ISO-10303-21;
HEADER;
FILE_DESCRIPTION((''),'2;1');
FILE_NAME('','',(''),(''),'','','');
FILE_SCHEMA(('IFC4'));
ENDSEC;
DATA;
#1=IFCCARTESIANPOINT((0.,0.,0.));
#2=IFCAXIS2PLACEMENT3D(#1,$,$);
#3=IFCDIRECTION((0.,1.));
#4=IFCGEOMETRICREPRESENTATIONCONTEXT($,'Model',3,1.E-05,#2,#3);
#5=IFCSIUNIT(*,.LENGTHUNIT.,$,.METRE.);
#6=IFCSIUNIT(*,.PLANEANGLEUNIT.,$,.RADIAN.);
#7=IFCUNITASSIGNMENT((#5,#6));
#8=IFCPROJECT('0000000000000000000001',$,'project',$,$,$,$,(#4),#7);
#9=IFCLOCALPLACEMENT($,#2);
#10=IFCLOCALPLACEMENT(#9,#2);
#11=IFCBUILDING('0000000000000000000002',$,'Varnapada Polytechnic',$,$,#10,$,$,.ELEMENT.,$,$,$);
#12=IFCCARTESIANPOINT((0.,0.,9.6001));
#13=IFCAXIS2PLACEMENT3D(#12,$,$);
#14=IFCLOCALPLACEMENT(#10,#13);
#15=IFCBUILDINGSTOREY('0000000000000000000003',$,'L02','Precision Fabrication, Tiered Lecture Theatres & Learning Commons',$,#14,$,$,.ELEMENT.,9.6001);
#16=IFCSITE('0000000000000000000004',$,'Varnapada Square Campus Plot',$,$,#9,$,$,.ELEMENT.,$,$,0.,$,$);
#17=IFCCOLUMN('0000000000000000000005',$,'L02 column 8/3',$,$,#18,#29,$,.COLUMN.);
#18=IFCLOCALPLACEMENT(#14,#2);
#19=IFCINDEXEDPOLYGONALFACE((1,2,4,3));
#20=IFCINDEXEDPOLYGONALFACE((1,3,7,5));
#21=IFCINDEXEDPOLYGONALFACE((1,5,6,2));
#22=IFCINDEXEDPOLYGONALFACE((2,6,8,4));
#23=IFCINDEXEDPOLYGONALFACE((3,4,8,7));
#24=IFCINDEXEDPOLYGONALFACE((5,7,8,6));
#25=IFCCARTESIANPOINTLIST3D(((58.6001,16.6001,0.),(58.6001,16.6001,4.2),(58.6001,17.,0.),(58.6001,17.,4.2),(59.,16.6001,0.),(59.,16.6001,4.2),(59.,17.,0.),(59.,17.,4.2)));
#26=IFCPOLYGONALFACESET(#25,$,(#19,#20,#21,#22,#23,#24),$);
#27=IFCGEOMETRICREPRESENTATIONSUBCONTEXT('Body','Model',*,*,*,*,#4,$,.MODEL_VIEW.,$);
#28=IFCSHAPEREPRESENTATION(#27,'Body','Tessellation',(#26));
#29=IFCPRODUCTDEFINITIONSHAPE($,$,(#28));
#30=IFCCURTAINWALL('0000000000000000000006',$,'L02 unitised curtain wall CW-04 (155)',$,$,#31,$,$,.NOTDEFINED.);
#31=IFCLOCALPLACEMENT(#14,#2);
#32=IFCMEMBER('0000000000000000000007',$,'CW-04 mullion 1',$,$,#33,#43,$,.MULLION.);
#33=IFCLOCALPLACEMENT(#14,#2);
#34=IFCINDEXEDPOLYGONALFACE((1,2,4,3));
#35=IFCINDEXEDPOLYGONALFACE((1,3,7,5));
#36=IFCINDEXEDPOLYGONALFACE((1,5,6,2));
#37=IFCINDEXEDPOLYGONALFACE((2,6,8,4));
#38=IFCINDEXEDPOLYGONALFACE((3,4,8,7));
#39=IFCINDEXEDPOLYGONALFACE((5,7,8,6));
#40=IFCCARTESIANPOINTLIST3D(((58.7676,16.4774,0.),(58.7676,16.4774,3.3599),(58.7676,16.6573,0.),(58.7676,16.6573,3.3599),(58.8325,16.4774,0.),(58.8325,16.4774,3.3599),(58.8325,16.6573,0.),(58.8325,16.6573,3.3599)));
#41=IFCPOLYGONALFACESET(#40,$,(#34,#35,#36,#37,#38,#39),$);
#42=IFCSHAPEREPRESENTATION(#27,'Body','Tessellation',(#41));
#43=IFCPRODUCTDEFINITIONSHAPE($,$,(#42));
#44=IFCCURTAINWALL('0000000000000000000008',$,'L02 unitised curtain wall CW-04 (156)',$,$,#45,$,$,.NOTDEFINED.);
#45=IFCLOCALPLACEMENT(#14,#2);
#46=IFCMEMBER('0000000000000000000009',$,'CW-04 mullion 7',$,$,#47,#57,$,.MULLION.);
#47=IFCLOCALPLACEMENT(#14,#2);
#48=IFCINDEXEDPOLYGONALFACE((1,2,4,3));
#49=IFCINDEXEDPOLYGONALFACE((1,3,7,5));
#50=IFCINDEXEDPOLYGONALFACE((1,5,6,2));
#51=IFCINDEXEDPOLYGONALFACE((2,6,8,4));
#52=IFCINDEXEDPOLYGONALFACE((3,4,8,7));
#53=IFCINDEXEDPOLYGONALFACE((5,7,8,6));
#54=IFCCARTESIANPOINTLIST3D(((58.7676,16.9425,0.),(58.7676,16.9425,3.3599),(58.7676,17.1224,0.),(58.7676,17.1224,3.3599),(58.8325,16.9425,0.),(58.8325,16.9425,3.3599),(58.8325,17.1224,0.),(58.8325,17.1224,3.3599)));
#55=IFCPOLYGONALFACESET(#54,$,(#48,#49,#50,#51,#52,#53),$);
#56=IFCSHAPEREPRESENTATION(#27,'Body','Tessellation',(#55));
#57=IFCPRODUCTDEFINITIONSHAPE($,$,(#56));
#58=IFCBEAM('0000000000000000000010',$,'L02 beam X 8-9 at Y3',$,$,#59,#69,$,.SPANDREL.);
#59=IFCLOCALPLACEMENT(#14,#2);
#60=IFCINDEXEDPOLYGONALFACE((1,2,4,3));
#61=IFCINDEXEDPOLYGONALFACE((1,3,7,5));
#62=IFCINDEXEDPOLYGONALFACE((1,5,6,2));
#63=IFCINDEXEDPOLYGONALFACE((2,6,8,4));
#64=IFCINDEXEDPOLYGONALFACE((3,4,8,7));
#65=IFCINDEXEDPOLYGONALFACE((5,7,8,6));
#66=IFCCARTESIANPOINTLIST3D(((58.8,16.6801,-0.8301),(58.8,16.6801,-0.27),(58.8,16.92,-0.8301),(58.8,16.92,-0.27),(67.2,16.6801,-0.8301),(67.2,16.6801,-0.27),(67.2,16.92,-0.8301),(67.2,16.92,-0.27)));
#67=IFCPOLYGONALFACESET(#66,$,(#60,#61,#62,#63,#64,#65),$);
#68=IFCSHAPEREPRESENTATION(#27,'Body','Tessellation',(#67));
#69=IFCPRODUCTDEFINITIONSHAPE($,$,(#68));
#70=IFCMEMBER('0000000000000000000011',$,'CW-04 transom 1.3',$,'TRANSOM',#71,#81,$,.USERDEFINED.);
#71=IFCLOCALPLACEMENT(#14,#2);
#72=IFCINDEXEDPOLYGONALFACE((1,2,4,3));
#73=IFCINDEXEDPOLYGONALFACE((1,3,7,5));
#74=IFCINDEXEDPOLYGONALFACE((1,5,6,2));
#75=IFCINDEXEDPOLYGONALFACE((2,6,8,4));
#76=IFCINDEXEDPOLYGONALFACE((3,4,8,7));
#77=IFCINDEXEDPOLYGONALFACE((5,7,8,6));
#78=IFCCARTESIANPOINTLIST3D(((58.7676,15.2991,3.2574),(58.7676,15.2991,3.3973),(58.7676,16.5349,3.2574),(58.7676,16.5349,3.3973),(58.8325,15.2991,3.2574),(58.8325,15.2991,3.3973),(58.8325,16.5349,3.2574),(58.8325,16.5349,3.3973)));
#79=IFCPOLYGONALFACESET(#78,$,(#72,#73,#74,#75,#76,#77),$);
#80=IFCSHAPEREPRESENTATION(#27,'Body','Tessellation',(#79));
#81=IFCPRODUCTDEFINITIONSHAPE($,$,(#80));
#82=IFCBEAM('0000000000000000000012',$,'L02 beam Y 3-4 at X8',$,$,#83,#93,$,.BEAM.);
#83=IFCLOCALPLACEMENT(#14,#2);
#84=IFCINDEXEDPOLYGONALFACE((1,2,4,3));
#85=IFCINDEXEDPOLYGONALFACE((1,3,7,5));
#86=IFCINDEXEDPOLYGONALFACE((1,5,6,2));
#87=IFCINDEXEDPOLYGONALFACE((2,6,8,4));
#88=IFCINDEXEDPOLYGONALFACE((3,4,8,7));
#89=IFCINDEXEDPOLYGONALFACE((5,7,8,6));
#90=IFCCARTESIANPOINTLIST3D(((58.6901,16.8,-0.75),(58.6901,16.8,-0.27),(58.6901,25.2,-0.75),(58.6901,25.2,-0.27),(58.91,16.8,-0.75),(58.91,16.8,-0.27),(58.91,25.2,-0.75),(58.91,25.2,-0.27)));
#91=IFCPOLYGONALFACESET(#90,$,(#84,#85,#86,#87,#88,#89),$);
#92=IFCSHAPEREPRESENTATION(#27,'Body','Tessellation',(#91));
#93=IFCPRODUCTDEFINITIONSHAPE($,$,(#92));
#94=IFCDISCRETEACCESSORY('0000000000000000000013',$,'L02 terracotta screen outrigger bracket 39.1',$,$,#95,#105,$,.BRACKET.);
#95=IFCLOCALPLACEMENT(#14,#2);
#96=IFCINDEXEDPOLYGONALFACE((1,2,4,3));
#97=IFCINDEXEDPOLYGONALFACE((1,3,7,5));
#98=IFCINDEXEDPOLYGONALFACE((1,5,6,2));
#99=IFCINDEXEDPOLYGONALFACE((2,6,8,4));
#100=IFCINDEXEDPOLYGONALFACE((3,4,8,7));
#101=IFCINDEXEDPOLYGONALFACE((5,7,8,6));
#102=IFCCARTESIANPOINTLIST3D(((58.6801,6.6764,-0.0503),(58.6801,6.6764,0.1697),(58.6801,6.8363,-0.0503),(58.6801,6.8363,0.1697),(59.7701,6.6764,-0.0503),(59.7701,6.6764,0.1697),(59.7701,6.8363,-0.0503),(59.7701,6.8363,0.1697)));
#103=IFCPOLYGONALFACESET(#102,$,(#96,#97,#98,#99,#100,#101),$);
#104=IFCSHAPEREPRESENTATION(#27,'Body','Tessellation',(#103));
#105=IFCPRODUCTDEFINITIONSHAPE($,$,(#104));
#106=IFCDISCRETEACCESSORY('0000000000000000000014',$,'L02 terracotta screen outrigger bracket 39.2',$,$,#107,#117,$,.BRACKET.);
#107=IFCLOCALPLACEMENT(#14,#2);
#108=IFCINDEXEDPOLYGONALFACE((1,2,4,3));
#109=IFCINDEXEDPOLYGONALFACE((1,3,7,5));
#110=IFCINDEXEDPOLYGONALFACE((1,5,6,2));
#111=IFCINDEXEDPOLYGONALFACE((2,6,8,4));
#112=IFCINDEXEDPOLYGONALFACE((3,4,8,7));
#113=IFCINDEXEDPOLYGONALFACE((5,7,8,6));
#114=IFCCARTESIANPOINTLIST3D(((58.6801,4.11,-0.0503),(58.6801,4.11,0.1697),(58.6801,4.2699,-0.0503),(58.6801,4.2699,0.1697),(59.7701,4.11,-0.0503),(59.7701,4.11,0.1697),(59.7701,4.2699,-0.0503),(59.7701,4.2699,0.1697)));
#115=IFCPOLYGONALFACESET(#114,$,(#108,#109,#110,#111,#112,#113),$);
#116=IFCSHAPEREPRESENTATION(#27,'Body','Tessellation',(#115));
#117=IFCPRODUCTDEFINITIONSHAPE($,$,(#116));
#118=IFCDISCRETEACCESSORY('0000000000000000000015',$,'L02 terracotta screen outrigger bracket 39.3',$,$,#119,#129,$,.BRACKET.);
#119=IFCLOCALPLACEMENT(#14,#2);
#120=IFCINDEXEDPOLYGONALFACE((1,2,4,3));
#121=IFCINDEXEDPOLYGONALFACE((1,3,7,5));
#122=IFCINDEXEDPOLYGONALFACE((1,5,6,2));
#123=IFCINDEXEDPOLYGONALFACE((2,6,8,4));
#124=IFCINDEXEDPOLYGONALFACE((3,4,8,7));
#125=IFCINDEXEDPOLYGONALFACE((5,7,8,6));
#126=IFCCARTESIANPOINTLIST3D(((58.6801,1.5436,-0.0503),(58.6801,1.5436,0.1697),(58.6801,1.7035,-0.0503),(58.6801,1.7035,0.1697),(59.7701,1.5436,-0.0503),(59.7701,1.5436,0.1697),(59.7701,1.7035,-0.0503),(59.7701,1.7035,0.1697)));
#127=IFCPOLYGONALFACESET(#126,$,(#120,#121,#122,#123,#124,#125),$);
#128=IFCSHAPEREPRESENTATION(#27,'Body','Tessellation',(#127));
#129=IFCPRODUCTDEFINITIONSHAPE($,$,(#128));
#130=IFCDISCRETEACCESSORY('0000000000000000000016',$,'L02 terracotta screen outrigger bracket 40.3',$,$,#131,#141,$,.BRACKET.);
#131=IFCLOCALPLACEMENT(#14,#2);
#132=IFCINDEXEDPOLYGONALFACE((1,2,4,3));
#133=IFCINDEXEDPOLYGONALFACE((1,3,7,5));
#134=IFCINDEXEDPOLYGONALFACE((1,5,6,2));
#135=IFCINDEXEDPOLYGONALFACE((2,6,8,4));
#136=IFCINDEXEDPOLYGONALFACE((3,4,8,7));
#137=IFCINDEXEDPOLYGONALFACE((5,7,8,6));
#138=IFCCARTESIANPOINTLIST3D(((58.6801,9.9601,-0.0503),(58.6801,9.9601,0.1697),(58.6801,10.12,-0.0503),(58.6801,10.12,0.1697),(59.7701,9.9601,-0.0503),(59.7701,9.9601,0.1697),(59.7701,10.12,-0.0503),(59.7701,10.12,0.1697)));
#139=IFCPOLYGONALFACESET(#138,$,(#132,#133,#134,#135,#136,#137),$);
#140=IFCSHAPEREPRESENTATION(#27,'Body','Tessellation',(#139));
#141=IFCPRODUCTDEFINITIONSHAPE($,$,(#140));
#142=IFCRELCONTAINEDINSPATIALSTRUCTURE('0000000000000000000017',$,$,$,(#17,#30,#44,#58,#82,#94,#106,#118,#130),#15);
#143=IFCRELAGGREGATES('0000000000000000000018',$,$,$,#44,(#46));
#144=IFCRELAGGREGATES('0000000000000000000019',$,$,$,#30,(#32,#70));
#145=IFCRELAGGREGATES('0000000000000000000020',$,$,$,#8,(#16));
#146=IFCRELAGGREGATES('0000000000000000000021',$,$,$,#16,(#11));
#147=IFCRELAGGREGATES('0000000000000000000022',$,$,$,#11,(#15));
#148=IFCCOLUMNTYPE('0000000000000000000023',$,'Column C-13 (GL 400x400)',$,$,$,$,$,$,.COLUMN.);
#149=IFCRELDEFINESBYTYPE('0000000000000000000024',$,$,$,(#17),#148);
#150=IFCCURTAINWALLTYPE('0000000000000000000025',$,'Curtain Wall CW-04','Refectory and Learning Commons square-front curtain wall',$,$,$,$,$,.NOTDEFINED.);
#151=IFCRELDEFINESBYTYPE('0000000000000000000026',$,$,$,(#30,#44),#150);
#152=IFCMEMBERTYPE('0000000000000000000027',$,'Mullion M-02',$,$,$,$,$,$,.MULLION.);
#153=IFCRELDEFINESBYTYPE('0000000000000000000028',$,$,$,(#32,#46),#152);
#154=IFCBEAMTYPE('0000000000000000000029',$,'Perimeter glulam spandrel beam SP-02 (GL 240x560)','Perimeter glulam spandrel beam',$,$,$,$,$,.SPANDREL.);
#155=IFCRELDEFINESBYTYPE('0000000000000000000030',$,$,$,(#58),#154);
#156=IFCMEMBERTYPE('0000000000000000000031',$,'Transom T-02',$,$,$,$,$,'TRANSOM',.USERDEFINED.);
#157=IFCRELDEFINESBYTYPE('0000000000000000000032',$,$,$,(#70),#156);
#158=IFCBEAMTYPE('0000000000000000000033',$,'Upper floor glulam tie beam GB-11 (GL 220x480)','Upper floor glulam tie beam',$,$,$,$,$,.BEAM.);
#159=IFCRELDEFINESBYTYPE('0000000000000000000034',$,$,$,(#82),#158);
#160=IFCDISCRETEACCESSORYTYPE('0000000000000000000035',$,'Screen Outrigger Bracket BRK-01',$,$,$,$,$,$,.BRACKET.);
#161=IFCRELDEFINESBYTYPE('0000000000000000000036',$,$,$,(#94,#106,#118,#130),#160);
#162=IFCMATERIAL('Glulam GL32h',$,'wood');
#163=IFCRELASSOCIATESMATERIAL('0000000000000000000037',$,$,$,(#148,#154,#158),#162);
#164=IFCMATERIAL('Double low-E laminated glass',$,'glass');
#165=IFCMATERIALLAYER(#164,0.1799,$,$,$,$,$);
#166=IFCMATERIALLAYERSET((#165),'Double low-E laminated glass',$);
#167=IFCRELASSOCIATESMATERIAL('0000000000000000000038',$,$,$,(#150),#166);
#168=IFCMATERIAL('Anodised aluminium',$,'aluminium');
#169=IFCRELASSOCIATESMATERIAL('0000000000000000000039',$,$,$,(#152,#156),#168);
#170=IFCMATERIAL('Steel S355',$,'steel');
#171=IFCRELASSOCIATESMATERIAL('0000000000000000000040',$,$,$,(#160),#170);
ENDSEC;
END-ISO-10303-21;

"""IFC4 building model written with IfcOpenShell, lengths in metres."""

from ifc_helpers import new_model, si_unit, direction, frame, origin, origin_2d, place, context, subcontext, project, spatial, rectangle, extrude, material, layer, layer_set, material_profile, profile_set, type_object, element, aggregate, save


model = new_model("IFC4")

# Units and contexts
model_context = context("Model", 3, precision=1e-05, world=origin(), true_north=direction((0.0, 1.0)))
body_context = subcontext(model_context, "Body", "Model", "MODEL_VIEW")
ifc_project = project(units=[si_unit("LENGTHUNIT", "METRE"), si_unit("PLANEANGLEUNIT", "RADIAN")], contexts=[model_context])

# Site, building, storey
site_placement = place(None, origin())
site = spatial("IfcSite", under=ifc_project, at=site_placement, Name="Varnapada Square Campus Plot", CompositionType="ELEMENT", RefElevation=0.0)
building_placement = place(site_placement, origin())
building = spatial("IfcBuilding", under=site, at=building_placement, Name="Varnapada Polytechnic", CompositionType="ELEMENT")
storey_placement = place(building_placement, frame((0.0, 0.0, 9.6001)))
storey = spatial("IfcBuildingStorey", under=building, at=storey_placement, Name="L02", Description="Precision Fabrication, Tiered Lecture Theatres & Learning Commons", CompositionType="ELEMENT", Elevation=9.6001)

# Column
ifc_material_1 = material(Name="Glulam GL32h", Category="wood")
ifc_material_profile_1 = material_profile(ifc_material_1, rectangle(XDim=0.3999, YDim=0.3999, at=origin_2d()), Name="GL 400x400")
ifc_profile_set_1 = profile_set([ifc_material_profile_1], Name="Glulam GL32h")
column_type = type_object("IfcColumnType", Name="Column C-13 (GL 400x400)", PredefinedType="COLUMN", material=ifc_profile_set_1)
column_placement = place(storey_placement, frame((58.8, 16.8, 0.0), z_axis=(0.0, 0.0, 1.0), x_axis=(1.0, 0.0, 0.0)))
element("IfcColumn", 1, at=column_placement, inside=storey, type_object=column_type, Name="L02 column 8/3", PredefinedType="COLUMN", context=body_context, shape_type="SweptSolid", body=[
    extrude(rectangle(XDim=0.3999, YDim=0.3999, at=origin_2d()), origin(), (0.0, 0.0, 1.0), 4.2),
])

# Curtain walls, members
ifc_material_2 = material(Name="Double low-E laminated glass", Category="glass")
ifc_layer = layer(ifc_material_2, 0.1799)
ifc_layer_set = layer_set([ifc_layer], Name="Double low-E laminated glass")
curtain_wall_type = type_object("IfcCurtainWallType", Name="Curtain Wall CW-04", Description="Refectory and Learning Commons square-front curtain wall", PredefinedType="NOTDEFINED", material=ifc_layer_set)
curtain_wall_1_placement = place(storey_placement, origin())
curtain_wall_1 = element("IfcCurtainWall", 2, at=curtain_wall_1_placement, inside=storey, type_object=curtain_wall_type, Name="L02 unitised curtain wall CW-04 (155)", PredefinedType="NOTDEFINED")
ifc_material_3 = material(Name="Anodised aluminium", Category="aluminium")
ifc_material_profile_2 = material_profile(ifc_material_3, rectangle(XDim=0.0649, YDim=0.1799, at=origin_2d()), Name="ALU M65x180")
ifc_profile_set_2 = profile_set([ifc_material_profile_2], Name="Anodised aluminium")
member_type_1 = type_object("IfcMemberType", Name="Mullion M-02", PredefinedType="MULLION", material=ifc_profile_set_2)
member_1_placement = place(storey_placement, frame((58.8, 16.5674, 0.0), z_axis=(0.0, 0.0, 1.0), x_axis=(1.0, 0.0, 0.0)))
member_1 = element("IfcMember", 3, at=member_1_placement, type_object=member_type_1, Name="CW-04 mullion 1", PredefinedType="MULLION", context=body_context, shape_type="SweptSolid", body=[
    extrude(rectangle(XDim=0.0649, YDim=0.1799, at=origin_2d()), origin(), (0.0, 0.0, 1.0), 3.3599),
])
curtain_wall_2_placement = place(storey_placement, origin())
curtain_wall_2 = element("IfcCurtainWall", 4, at=curtain_wall_2_placement, inside=storey, type_object=curtain_wall_type, Name="L02 unitised curtain wall CW-04 (156)", PredefinedType="NOTDEFINED")
member_2_placement = place(storey_placement, frame((58.8, 17.0325, 0.0), z_axis=(0.0, 0.0, 1.0), x_axis=(1.0, 0.0, 0.0)))
member_2 = element("IfcMember", 5, at=member_2_placement, type_object=member_type_1, Name="CW-04 mullion 7", PredefinedType="MULLION", context=body_context, shape_type="SweptSolid", body=[
    extrude(rectangle(XDim=0.0649, YDim=0.1799, at=origin_2d()), origin(), (0.0, 0.0, 1.0), 3.3599),
])
aggregate(curtain_wall_2, [member_2])

# Beam
ifc_material_profile_3 = material_profile(ifc_material_1, rectangle(XDim=0.24, YDim=0.5601, at=origin_2d()), Name="GL 240x560")
ifc_profile_set_3 = profile_set([ifc_material_profile_3], Name="Glulam GL32h")
beam_type_1 = type_object("IfcBeamType", Name="Perimeter glulam spandrel beam SP-02 (GL 240x560)", Description="Perimeter glulam spandrel beam", PredefinedType="SPANDREL", material=ifc_profile_set_3)
beam_1_placement = place(storey_placement, frame((58.8, 16.8, -0.55), z_axis=(1.0, 0.0, 0.0), x_axis=(0.0, 1.0, 0.0)))
element("IfcBeam", 6, at=beam_1_placement, inside=storey, type_object=beam_type_1, Name="L02 beam X 8-9 at Y3", PredefinedType="SPANDREL", context=body_context, shape_type="SweptSolid", body=[
    extrude(rectangle(XDim=0.24, YDim=0.5601, at=origin_2d()), origin(), (0.0, 0.0, 1.0), 8.3999),
])

# Member
ifc_material_profile_4 = material_profile(ifc_material_3, rectangle(XDim=0.0649, YDim=0.1399, at=origin_2d()), Name="ALU T65x140")
ifc_profile_set_4 = profile_set([ifc_material_profile_4], Name="Anodised aluminium")
member_type_2 = type_object("IfcMemberType", Name="Transom T-02", ElementType="TRANSOM", PredefinedType="USERDEFINED", material=ifc_profile_set_4)
member_3_placement = place(storey_placement, frame((58.8, 16.5349, 3.3274), z_axis=(0.0, -1.0, 0.0), x_axis=(1.0, 0.0, 0.0)))
member_3 = element("IfcMember", 7, at=member_3_placement, type_object=member_type_2, Name="CW-04 transom 1.3", ObjectType="TRANSOM", PredefinedType="USERDEFINED", context=body_context, shape_type="SweptSolid", body=[
    extrude(rectangle(XDim=0.0649, YDim=0.1399, at=origin_2d()), origin(), (0.0, 0.0, 1.0), 1.2358),
])
aggregate(curtain_wall_1, [member_1, member_3])

# Beam
ifc_material_profile_5 = material_profile(ifc_material_1, rectangle(XDim=0.22, YDim=0.48, at=origin_2d()), Name="GL 220x480")
ifc_profile_set_5 = profile_set([ifc_material_profile_5], Name="Glulam GL32h")
beam_type_2 = type_object("IfcBeamType", Name="Upper floor glulam tie beam GB-11 (GL 220x480)", Description="Upper floor glulam tie beam", PredefinedType="BEAM", material=ifc_profile_set_5)
beam_2_placement = place(storey_placement, frame((58.8, 16.8, -0.51), z_axis=(0.0, 1.0, 0.0), x_axis=(-1.0, 0.0, 0.0)))
element("IfcBeam", 8, at=beam_2_placement, inside=storey, type_object=beam_type_2, Name="L02 beam Y 3-4 at X8", PredefinedType="BEAM", context=body_context, shape_type="SweptSolid", body=[
    extrude(rectangle(XDim=0.22, YDim=0.48, at=origin_2d()), origin(), (0.0, 0.0, 1.0), 8.3999),
])

# Discrete accessories
ifc_material_4 = material(Name="Steel S355", Category="steel")
discrete_accessory_type = type_object("IfcDiscreteAccessoryType", Name="Screen Outrigger Bracket BRK-01", PredefinedType="BRACKET", material=ifc_material_4)
for number, where, z_axis, x_axis, name in (
    (9, (59.2251, 6.7563, -0.0503), (0.0, 0.0, 1.0), (0.0, -1.0, 0.0), "L02 terracotta screen outrigger bracket 39.1"),
    (10, (59.2251, 4.1899, -0.0503), (0.0, 0.0, 1.0), (0.0, -1.0, 0.0), "L02 terracotta screen outrigger bracket 39.2"),
    (11, (59.2251, 1.6235, -0.0503), (0.0, 0.0, 1.0), (0.0, -1.0, 0.0), "L02 terracotta screen outrigger bracket 39.3"),
    (12, (59.2251, 10.04, -0.0503), (0.0, 0.0, 1.0), (0.0, -1.0, 0.0), "L02 terracotta screen outrigger bracket 40.3"),
):
    element("IfcDiscreteAccessory", number, at=place(storey_placement, frame(where, z_axis=z_axis, x_axis=x_axis)), inside=storey, type_object=discrete_accessory_type, Name=name, PredefinedType="BRACKET", context=body_context, shape_type="SweptSolid", body=[
        extrude(rectangle(XDim=0.1599, YDim=1.0901, at=origin_2d()), origin(), (0.0, 0.0, 1.0), 0.22),
    ])

save(model, "model.ifc")
